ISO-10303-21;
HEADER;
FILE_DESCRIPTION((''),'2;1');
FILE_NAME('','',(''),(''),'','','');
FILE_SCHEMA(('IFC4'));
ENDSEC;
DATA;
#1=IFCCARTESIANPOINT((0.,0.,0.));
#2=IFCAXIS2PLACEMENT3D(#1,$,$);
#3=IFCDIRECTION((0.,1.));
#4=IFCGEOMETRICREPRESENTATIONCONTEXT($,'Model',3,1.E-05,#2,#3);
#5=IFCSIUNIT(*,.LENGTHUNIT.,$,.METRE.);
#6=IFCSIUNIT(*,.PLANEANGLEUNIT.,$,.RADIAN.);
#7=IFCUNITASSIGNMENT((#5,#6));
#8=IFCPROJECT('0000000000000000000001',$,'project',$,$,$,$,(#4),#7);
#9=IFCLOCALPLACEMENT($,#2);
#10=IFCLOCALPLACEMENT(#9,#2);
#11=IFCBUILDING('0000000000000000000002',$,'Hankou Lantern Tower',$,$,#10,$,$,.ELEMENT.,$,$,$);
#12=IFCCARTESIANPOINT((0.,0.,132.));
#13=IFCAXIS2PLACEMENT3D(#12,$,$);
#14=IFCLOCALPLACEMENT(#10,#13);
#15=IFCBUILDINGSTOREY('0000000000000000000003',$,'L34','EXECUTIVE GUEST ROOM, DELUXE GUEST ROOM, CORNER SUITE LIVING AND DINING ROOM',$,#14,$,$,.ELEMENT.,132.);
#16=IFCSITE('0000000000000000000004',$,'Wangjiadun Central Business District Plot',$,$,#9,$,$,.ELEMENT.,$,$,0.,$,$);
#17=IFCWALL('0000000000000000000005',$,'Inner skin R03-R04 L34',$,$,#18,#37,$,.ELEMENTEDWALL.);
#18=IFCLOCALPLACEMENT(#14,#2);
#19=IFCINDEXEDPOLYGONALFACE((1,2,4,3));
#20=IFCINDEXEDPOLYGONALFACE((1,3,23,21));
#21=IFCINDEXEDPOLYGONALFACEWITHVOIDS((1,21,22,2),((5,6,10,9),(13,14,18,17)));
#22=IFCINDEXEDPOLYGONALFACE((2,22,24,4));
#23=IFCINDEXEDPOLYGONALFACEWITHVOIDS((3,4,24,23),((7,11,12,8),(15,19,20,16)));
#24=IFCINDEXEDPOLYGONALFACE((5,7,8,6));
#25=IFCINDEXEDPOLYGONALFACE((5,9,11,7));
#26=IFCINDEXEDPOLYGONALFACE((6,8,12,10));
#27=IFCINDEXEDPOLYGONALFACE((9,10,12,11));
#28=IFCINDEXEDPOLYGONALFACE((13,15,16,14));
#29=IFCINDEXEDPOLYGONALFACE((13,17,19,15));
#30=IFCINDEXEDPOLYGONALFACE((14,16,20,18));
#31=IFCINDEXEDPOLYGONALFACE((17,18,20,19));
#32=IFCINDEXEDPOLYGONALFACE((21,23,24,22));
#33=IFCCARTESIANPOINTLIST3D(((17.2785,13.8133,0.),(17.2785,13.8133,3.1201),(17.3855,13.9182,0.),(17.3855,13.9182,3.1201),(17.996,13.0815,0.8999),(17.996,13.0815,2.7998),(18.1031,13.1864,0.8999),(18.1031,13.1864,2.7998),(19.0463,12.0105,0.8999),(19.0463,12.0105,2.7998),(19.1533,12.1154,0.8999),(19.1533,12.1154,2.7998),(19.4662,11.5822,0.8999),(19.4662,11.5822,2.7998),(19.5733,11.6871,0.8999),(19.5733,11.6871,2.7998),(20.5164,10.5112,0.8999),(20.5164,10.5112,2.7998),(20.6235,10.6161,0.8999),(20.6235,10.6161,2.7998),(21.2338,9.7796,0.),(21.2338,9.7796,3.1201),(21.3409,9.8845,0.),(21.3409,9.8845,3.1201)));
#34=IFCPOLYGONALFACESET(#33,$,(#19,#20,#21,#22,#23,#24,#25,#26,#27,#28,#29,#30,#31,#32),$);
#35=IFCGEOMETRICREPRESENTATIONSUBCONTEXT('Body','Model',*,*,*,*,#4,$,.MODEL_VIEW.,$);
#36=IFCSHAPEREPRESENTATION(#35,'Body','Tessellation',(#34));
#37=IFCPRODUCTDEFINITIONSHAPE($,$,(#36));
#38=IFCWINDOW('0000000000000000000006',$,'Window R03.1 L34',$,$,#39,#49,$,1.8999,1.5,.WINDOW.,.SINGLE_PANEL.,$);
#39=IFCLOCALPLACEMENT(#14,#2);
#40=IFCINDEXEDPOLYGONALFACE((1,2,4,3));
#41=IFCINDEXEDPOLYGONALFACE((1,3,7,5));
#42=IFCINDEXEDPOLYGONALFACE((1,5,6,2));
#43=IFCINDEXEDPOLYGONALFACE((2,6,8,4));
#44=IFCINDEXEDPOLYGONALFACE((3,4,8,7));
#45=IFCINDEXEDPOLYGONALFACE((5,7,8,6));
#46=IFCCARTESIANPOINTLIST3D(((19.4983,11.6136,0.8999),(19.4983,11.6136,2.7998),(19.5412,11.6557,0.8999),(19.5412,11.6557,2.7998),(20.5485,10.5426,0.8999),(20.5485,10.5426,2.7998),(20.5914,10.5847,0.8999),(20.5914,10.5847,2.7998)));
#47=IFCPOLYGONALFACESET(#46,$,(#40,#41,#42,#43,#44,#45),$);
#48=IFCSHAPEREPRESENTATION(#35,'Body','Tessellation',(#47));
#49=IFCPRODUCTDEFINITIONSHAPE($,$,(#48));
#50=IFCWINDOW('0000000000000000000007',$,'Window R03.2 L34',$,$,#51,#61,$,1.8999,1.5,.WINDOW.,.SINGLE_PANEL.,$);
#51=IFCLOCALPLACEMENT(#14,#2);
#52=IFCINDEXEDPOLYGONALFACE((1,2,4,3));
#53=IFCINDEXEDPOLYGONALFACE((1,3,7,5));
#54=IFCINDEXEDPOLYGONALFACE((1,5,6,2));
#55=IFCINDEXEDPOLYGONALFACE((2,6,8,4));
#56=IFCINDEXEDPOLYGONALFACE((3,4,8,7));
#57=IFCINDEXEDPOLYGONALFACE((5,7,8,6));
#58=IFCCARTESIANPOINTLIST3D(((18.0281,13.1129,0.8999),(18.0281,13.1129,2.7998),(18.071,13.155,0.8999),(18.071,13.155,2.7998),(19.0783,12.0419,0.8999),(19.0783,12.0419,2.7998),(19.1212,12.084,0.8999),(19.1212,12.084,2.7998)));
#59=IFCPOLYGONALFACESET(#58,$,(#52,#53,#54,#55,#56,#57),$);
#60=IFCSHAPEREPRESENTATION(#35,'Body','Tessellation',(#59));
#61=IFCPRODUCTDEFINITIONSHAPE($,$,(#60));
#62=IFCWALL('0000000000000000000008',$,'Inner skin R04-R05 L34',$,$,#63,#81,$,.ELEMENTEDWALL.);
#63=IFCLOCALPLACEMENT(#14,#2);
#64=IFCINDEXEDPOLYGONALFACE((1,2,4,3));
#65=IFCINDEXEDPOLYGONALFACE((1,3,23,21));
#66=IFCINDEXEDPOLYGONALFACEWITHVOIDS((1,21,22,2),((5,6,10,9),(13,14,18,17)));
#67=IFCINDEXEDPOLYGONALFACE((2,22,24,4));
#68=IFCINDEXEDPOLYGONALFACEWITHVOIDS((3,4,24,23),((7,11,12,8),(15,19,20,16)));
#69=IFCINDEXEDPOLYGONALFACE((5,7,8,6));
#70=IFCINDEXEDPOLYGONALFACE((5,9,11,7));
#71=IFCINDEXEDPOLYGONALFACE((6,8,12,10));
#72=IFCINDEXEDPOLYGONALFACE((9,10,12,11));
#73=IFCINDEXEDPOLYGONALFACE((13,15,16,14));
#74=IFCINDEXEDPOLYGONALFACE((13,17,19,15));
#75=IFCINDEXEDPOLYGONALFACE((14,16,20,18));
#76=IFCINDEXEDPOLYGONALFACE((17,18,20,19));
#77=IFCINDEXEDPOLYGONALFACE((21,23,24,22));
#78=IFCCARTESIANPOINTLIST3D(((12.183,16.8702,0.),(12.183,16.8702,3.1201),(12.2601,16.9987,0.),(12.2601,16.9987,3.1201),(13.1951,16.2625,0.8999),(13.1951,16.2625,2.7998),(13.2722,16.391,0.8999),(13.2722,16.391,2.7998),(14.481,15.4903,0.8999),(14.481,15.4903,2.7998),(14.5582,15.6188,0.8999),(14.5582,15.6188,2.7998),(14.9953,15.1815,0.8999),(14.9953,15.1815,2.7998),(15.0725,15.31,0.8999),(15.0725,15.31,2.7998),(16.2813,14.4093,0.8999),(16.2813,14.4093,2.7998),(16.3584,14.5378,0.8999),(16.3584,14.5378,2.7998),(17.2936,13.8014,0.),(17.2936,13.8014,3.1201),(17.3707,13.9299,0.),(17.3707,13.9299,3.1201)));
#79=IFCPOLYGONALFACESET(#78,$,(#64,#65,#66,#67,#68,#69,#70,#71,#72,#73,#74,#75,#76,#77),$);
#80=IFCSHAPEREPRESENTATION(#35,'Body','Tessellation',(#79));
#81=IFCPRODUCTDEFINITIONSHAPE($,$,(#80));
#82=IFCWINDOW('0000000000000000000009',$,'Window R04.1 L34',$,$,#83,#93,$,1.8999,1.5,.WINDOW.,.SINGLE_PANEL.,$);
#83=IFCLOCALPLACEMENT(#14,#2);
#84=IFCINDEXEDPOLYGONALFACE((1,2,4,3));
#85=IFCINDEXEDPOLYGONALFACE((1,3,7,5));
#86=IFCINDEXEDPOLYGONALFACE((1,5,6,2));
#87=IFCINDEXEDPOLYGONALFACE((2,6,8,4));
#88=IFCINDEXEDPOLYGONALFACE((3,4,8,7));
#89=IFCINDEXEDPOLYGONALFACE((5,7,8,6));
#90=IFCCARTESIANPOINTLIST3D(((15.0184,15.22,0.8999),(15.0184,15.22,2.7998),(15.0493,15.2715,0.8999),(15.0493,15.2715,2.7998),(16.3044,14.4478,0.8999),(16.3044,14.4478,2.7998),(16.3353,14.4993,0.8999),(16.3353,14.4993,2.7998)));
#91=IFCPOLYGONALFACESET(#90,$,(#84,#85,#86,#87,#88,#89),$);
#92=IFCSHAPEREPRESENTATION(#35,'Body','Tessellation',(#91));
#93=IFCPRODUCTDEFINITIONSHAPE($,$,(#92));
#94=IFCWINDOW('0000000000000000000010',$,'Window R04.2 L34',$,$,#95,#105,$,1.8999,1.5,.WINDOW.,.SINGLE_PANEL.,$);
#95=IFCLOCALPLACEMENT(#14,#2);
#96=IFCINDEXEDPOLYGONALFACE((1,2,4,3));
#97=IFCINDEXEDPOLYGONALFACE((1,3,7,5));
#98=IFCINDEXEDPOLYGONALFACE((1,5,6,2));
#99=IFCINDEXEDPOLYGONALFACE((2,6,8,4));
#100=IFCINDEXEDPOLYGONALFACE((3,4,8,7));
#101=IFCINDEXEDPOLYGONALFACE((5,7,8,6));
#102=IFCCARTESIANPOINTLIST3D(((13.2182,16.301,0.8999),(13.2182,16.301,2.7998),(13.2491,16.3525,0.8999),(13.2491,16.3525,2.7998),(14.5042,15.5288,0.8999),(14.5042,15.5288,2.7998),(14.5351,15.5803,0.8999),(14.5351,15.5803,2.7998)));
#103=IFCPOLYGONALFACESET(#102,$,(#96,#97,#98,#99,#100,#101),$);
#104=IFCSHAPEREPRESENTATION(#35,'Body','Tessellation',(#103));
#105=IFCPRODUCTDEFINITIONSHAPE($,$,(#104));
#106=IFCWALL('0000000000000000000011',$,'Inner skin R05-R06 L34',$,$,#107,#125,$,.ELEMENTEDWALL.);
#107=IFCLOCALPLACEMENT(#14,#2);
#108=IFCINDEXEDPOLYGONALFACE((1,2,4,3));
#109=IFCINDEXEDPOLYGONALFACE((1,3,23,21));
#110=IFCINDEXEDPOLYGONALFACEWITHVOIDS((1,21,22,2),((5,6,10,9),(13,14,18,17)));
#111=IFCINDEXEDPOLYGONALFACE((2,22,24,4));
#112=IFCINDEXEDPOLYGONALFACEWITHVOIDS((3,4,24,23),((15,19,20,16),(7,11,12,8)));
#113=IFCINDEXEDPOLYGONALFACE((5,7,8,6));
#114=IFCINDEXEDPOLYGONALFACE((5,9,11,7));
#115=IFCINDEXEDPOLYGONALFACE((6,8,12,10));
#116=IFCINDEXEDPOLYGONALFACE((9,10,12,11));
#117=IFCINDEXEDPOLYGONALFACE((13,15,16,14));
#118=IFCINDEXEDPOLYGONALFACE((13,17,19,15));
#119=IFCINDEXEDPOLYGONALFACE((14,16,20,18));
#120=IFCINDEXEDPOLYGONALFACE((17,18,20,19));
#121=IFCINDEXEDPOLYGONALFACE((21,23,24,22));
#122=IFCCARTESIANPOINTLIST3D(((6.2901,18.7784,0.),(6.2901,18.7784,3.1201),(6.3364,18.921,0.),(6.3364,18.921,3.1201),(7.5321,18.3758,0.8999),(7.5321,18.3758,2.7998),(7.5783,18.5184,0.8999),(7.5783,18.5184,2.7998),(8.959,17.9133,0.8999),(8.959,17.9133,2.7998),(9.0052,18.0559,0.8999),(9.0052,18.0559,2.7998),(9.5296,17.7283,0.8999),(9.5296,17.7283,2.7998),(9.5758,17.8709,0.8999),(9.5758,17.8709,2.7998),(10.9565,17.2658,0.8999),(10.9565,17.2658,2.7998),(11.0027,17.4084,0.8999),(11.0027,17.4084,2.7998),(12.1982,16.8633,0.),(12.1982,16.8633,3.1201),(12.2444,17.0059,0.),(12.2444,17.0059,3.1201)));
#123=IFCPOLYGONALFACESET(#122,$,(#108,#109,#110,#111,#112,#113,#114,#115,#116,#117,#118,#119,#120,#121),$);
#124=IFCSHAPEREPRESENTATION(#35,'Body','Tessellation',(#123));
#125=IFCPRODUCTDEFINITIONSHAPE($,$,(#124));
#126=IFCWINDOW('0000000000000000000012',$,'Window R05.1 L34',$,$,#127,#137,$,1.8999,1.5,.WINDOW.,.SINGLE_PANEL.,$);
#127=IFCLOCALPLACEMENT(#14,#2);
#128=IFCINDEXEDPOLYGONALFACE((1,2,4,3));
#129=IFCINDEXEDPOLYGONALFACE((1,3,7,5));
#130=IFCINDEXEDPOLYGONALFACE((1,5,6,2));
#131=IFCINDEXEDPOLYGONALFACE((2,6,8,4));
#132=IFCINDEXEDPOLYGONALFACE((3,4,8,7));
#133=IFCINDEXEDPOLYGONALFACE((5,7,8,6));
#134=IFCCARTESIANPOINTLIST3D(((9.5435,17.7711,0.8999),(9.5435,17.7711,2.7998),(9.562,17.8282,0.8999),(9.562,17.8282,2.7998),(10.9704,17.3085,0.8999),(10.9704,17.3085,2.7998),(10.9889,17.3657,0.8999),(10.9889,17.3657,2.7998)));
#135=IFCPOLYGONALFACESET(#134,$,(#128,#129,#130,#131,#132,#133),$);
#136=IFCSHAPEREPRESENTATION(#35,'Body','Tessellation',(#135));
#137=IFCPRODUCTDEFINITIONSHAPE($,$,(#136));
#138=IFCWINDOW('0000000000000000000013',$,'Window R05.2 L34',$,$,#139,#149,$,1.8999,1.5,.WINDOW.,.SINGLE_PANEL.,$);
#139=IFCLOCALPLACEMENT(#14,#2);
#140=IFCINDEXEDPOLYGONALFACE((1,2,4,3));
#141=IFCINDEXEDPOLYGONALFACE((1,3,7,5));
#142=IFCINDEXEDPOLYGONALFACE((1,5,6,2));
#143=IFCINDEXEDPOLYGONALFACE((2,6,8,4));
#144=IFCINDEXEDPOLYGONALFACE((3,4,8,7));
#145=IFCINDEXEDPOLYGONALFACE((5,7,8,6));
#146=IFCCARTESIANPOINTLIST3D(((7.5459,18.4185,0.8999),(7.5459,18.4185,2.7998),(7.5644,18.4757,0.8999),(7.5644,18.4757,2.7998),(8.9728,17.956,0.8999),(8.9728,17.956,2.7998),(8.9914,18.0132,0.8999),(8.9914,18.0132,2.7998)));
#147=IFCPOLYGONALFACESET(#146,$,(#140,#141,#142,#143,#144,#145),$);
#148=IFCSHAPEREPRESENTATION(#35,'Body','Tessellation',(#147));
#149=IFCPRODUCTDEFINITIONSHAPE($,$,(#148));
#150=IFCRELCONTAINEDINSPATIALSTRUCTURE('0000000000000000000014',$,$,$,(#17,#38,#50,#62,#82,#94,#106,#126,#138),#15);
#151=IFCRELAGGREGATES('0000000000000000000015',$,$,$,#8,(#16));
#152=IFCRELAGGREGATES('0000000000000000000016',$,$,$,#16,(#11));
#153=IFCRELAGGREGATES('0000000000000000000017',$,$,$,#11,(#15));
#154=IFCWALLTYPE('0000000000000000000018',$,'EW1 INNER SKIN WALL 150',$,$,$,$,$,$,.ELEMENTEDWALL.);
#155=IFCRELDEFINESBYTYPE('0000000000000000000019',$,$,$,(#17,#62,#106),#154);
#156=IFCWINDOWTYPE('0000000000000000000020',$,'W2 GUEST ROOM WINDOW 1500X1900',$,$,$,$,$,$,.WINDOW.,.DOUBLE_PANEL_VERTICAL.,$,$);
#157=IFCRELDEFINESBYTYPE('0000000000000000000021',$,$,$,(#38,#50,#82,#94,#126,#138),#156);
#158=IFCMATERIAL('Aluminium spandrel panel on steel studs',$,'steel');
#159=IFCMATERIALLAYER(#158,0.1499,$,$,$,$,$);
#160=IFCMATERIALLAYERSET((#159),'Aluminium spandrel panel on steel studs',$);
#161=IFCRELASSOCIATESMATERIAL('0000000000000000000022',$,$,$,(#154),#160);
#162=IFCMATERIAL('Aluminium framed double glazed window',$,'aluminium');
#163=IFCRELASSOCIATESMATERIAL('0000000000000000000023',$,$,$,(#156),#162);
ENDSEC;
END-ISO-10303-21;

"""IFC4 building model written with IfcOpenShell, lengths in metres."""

from ifc_helpers import new_model, si_unit, direction, frame, frame_2d, origin, place, context, subcontext, project, spatial, rectangle, extrude, material, layer, layer_set, type_object, element, fill, save


model = new_model("IFC4")

# Units and contexts
model_context = context("Model", 3, precision=1e-05, world=origin(), true_north=direction((0.0, 1.0)))
body_context = subcontext(model_context, "Body", "Model", "MODEL_VIEW")
ifc_project = project(units=[si_unit("LENGTHUNIT", "METRE"), si_unit("PLANEANGLEUNIT", "RADIAN")], contexts=[model_context])

# Site, building, storey
site_placement = place(None, origin())
site = spatial("IfcSite", under=ifc_project, at=site_placement, Name="Wangjiadun Central Business District Plot", CompositionType="ELEMENT", RefElevation=0.0)
building_placement = place(site_placement, origin())
building = spatial("IfcBuilding", under=site, at=building_placement, Name="Hankou Lantern Tower", CompositionType="ELEMENT")
storey_placement = place(building_placement, frame((0.0, 0.0, 132.0)))
storey = spatial("IfcBuildingStorey", under=building, at=storey_placement, Name="L34", Description="EXECUTIVE GUEST ROOM, DELUXE GUEST ROOM, CORNER SUITE LIVING AND DINING ROOM", CompositionType="ELEMENT", Elevation=132.0)

# Walls, openings, windows
ifc_material_1 = material(Name="Aluminium spandrel panel on steel studs", Category="steel")
ifc_layer_1 = layer(ifc_material_1, 0.1499)
ifc_layer_set_1 = layer_set([ifc_layer_1], Name="Aluminium spandrel panel on steel studs")
wall_type_1 = type_object("IfcWallType", Name="EW1 INNER SKIN WALL 150", PredefinedType="ELEMENTEDWALL", material=ifc_layer_set_1)
wall_1_placement = place(storey_placement, frame((21.2874, 9.832, 0.0), z_axis=(0.0, 0.0, 1.0), x_axis=(-0.700137, 0.714009, 0.0)))
wall_1 = element("IfcWall", 1, at=wall_1_placement, inside=storey, type_object=wall_type_1, Name="Inner skin R03-R04 L34", PredefinedType="ELEMENTEDWALL", context=body_context, shape_type="SweptSolid", body=[
    extrude(rectangle(XDim=5.6494, YDim=0.1499, at=frame_2d((2.8247, 0.0))), origin(), (0.0, 0.0, 1.0), 3.1201),
])
opening_1_placement = place(wall_1_placement, frame((1.0247, 0.0, 0.8999)))
opening_1 = element("IfcOpeningElement", 2, at=opening_1_placement, cuts=wall_1, PredefinedType="OPENING", context=body_context, shape_type="SweptSolid", body=[
    extrude(rectangle(XDim=1.5, YDim=1.8999, at=frame_2d((0.75, 0.95))), frame((0.0, 0.085, 0.0), z_axis=(0.0, -1.0, 0.0), x_axis=(1.0, 0.0, 0.0)), (0.0, 0.0, 1.0), 0.1699),
])
opening_2_placement = place(wall_1_placement, frame((3.1245, 0.0, 0.8999)))
opening_2 = element("IfcOpeningElement", 3, at=opening_2_placement, cuts=wall_1, PredefinedType="OPENING", context=body_context, shape_type="SweptSolid", body=[
    extrude(rectangle(XDim=1.5, YDim=1.8999, at=frame_2d((0.75, 0.95))), frame((0.0, 0.085, 0.0), z_axis=(0.0, -1.0, 0.0), x_axis=(1.0, 0.0, 0.0)), (0.0, 0.0, 1.0), 0.1699),
])
ifc_material_2 = material(Name="Aluminium framed double glazed window", Category="aluminium")
window_type = type_object("IfcWindowType", Name="W2 GUEST ROOM WINDOW 1500X1900", PartitioningType="DOUBLE_PANEL_VERTICAL", PredefinedType="WINDOW", material=ifc_material_2)
window_1_placement = place(opening_1_placement, origin())
window_1 = element("IfcWindow", 4, at=window_1_placement, inside=storey, type_object=window_type, Name="Window R03.1 L34", OverallHeight=1.8999, OverallWidth=1.5, PartitioningType="SINGLE_PANEL", PredefinedType="WINDOW", context=body_context, shape_type="SweptSolid", body=[
    extrude(rectangle(XDim=1.5, YDim=1.8999, at=frame_2d((0.75, 0.95))), frame((0.0, 0.03, 0.0), z_axis=(0.0, -1.0, 0.0), x_axis=(1.0, 0.0, 0.0)), (0.0, 0.0, 1.0), 0.0601),
])
fill(opening_1, window_1)
window_2_placement = place(opening_2_placement, origin())
window_2 = element("IfcWindow", 5, at=window_2_placement, inside=storey, type_object=window_type, Name="Window R03.2 L34", OverallHeight=1.8999, OverallWidth=1.5, PartitioningType="SINGLE_PANEL", PredefinedType="WINDOW", context=body_context, shape_type="SweptSolid", body=[
    extrude(rectangle(XDim=1.5, YDim=1.8999, at=frame_2d((0.75, 0.95))), frame((0.0, 0.03, 0.0), z_axis=(0.0, -1.0, 0.0), x_axis=(1.0, 0.0, 0.0)), (0.0, 0.0, 1.0), 0.0601),
])
fill(opening_2, window_2)
wall_2_placement = place(storey_placement, frame((17.332, 13.8657, 0.0), z_axis=(0.0, 0.0, 1.0), x_axis=(-0.857309, 0.514803, 0.0)))
wall_2 = element("IfcWall", 6, at=wall_2_placement, inside=storey, type_object=wall_type_1, Name="Inner skin R04-R05 L34", PredefinedType="ELEMENTEDWALL", context=body_context, shape_type="SweptSolid", body=[
    extrude(rectangle(XDim=5.9612, YDim=0.1499, at=frame_2d((2.9805, 0.0))), origin(), (0.0, 0.0, 1.0), 3.1201),
])
opening_3_placement = place(wall_2_placement, frame((1.1807, 0.0, 0.8999)))
opening_3 = element("IfcOpeningElement", 7, at=opening_3_placement, cuts=wall_2, PredefinedType="OPENING", context=body_context, shape_type="SweptSolid", body=[
    extrude(rectangle(XDim=1.5, YDim=1.8999, at=frame_2d((0.75, 0.95))), frame((0.0, 0.085, 0.0), z_axis=(0.0, -1.0, 0.0), x_axis=(1.0, 0.0, 0.0)), (0.0, 0.0, 1.0), 0.1699),
])
opening_4_placement = place(wall_2_placement, frame((3.2805, 0.0, 0.8999)))
opening_4 = element("IfcOpeningElement", 8, at=opening_4_placement, cuts=wall_2, PredefinedType="OPENING", context=body_context, shape_type="SweptSolid", body=[
    extrude(rectangle(XDim=1.5, YDim=1.8999, at=frame_2d((0.75, 0.95))), frame((0.0, 0.085, 0.0), z_axis=(0.0, -1.0, 0.0), x_axis=(1.0, 0.0, 0.0)), (0.0, 0.0, 1.0), 0.1699),
])
window_3_placement = place(opening_3_placement, origin())
window_3 = element("IfcWindow", 9, at=window_3_placement, inside=storey, type_object=window_type, Name="Window R04.1 L34", OverallHeight=1.8999, OverallWidth=1.5, PartitioningType="SINGLE_PANEL", PredefinedType="WINDOW", context=body_context, shape_type="SweptSolid", body=[
    extrude(rectangle(XDim=1.5, YDim=1.8999, at=frame_2d((0.75, 0.95))), frame((0.0, 0.03, 0.0), z_axis=(0.0, -1.0, 0.0), x_axis=(1.0, 0.0, 0.0)), (0.0, 0.0, 1.0), 0.0601),
])
fill(opening_3, window_3)
window_4_placement = place(opening_4_placement, origin())
window_4 = element("IfcWindow", 10, at=window_4_placement, inside=storey, type_object=window_type, Name="Window R04.2 L34", OverallHeight=1.8999, OverallWidth=1.5, PartitioningType="SINGLE_PANEL", PredefinedType="WINDOW", context=body_context, shape_type="SweptSolid", body=[
    extrude(rectangle(XDim=1.5, YDim=1.8999, at=frame_2d((0.75, 0.95))), frame((0.0, 0.03, 0.0), z_axis=(0.0, -1.0, 0.0), x_axis=(1.0, 0.0, 0.0)), (0.0, 0.0, 1.0), 0.0601),
])
fill(opening_4, window_4)
wall_3_placement = place(storey_placement, frame((12.2214, 16.9346, 0.0), z_axis=(0.0, 0.0, 1.0), x_axis=(-0.951273, 0.308351, 0.0)))
wall_3 = element("IfcWall", 11, at=wall_3_placement, inside=storey, type_object=wall_type_1, Name="Inner skin R05-R06 L34", PredefinedType="ELEMENTEDWALL", context=body_context, shape_type="SweptSolid", body=[
    extrude(rectangle(XDim=6.2107, YDim=0.1499, at=frame_2d((3.1055, 0.0))), origin(), (0.0, 0.0, 1.0), 3.1201),
])
opening_5_placement = place(wall_3_placement, frame((1.3054, 0.0, 0.8999)))
opening_5 = element("IfcOpeningElement", 12, at=opening_5_placement, cuts=wall_3, PredefinedType="OPENING", context=body_context, shape_type="SweptSolid", body=[
    extrude(rectangle(XDim=1.5, YDim=1.8999, at=frame_2d((0.75, 0.95))), frame((0.0, 0.085, 0.0), z_axis=(0.0, -1.0, 0.0), x_axis=(1.0, 0.0, 0.0)), (0.0, 0.0, 1.0), 0.1699),
])
opening_6_placement = place(wall_3_placement, frame((3.4053, 0.0, 0.8999)))
opening_6 = element("IfcOpeningElement", 13, at=opening_6_placement, cuts=wall_3, PredefinedType="OPENING", context=body_context, shape_type="SweptSolid", body=[
    extrude(rectangle(XDim=1.5, YDim=1.8999, at=frame_2d((0.75, 0.95))), frame((0.0, 0.085, 0.0), z_axis=(0.0, -1.0, 0.0), x_axis=(1.0, 0.0, 0.0)), (0.0, 0.0, 1.0), 0.1699),
])
window_5_placement = place(opening_5_placement, origin())
window_5 = element("IfcWindow", 14, at=window_5_placement, inside=storey, type_object=window_type, Name="Window R05.1 L34", OverallHeight=1.8999, OverallWidth=1.5, PartitioningType="SINGLE_PANEL", PredefinedType="WINDOW", context=body_context, shape_type="SweptSolid", body=[
    extrude(rectangle(XDim=1.5, YDim=1.8999, at=frame_2d((0.75, 0.95))), frame((0.0, 0.03, 0.0), z_axis=(0.0, -1.0, 0.0), x_axis=(1.0, 0.0, 0.0)), (0.0, 0.0, 1.0), 0.0601),
])
fill(opening_5, window_5)
window_6_placement = place(opening_6_placement, origin())
window_6 = element("IfcWindow", 15, at=window_6_placement, inside=storey, type_object=window_type, Name="Window R05.2 L34", OverallHeight=1.8999, OverallWidth=1.5, PartitioningType="SINGLE_PANEL", PredefinedType="WINDOW", context=body_context, shape_type="SweptSolid", body=[
    extrude(rectangle(XDim=1.5, YDim=1.8999, at=frame_2d((0.75, 0.95))), frame((0.0, 0.03, 0.0), z_axis=(0.0, -1.0, 0.0), x_axis=(1.0, 0.0, 0.0)), (0.0, 0.0, 1.0), 0.0601),
])
fill(opening_6, window_6)

save(model, "model.ifc")
